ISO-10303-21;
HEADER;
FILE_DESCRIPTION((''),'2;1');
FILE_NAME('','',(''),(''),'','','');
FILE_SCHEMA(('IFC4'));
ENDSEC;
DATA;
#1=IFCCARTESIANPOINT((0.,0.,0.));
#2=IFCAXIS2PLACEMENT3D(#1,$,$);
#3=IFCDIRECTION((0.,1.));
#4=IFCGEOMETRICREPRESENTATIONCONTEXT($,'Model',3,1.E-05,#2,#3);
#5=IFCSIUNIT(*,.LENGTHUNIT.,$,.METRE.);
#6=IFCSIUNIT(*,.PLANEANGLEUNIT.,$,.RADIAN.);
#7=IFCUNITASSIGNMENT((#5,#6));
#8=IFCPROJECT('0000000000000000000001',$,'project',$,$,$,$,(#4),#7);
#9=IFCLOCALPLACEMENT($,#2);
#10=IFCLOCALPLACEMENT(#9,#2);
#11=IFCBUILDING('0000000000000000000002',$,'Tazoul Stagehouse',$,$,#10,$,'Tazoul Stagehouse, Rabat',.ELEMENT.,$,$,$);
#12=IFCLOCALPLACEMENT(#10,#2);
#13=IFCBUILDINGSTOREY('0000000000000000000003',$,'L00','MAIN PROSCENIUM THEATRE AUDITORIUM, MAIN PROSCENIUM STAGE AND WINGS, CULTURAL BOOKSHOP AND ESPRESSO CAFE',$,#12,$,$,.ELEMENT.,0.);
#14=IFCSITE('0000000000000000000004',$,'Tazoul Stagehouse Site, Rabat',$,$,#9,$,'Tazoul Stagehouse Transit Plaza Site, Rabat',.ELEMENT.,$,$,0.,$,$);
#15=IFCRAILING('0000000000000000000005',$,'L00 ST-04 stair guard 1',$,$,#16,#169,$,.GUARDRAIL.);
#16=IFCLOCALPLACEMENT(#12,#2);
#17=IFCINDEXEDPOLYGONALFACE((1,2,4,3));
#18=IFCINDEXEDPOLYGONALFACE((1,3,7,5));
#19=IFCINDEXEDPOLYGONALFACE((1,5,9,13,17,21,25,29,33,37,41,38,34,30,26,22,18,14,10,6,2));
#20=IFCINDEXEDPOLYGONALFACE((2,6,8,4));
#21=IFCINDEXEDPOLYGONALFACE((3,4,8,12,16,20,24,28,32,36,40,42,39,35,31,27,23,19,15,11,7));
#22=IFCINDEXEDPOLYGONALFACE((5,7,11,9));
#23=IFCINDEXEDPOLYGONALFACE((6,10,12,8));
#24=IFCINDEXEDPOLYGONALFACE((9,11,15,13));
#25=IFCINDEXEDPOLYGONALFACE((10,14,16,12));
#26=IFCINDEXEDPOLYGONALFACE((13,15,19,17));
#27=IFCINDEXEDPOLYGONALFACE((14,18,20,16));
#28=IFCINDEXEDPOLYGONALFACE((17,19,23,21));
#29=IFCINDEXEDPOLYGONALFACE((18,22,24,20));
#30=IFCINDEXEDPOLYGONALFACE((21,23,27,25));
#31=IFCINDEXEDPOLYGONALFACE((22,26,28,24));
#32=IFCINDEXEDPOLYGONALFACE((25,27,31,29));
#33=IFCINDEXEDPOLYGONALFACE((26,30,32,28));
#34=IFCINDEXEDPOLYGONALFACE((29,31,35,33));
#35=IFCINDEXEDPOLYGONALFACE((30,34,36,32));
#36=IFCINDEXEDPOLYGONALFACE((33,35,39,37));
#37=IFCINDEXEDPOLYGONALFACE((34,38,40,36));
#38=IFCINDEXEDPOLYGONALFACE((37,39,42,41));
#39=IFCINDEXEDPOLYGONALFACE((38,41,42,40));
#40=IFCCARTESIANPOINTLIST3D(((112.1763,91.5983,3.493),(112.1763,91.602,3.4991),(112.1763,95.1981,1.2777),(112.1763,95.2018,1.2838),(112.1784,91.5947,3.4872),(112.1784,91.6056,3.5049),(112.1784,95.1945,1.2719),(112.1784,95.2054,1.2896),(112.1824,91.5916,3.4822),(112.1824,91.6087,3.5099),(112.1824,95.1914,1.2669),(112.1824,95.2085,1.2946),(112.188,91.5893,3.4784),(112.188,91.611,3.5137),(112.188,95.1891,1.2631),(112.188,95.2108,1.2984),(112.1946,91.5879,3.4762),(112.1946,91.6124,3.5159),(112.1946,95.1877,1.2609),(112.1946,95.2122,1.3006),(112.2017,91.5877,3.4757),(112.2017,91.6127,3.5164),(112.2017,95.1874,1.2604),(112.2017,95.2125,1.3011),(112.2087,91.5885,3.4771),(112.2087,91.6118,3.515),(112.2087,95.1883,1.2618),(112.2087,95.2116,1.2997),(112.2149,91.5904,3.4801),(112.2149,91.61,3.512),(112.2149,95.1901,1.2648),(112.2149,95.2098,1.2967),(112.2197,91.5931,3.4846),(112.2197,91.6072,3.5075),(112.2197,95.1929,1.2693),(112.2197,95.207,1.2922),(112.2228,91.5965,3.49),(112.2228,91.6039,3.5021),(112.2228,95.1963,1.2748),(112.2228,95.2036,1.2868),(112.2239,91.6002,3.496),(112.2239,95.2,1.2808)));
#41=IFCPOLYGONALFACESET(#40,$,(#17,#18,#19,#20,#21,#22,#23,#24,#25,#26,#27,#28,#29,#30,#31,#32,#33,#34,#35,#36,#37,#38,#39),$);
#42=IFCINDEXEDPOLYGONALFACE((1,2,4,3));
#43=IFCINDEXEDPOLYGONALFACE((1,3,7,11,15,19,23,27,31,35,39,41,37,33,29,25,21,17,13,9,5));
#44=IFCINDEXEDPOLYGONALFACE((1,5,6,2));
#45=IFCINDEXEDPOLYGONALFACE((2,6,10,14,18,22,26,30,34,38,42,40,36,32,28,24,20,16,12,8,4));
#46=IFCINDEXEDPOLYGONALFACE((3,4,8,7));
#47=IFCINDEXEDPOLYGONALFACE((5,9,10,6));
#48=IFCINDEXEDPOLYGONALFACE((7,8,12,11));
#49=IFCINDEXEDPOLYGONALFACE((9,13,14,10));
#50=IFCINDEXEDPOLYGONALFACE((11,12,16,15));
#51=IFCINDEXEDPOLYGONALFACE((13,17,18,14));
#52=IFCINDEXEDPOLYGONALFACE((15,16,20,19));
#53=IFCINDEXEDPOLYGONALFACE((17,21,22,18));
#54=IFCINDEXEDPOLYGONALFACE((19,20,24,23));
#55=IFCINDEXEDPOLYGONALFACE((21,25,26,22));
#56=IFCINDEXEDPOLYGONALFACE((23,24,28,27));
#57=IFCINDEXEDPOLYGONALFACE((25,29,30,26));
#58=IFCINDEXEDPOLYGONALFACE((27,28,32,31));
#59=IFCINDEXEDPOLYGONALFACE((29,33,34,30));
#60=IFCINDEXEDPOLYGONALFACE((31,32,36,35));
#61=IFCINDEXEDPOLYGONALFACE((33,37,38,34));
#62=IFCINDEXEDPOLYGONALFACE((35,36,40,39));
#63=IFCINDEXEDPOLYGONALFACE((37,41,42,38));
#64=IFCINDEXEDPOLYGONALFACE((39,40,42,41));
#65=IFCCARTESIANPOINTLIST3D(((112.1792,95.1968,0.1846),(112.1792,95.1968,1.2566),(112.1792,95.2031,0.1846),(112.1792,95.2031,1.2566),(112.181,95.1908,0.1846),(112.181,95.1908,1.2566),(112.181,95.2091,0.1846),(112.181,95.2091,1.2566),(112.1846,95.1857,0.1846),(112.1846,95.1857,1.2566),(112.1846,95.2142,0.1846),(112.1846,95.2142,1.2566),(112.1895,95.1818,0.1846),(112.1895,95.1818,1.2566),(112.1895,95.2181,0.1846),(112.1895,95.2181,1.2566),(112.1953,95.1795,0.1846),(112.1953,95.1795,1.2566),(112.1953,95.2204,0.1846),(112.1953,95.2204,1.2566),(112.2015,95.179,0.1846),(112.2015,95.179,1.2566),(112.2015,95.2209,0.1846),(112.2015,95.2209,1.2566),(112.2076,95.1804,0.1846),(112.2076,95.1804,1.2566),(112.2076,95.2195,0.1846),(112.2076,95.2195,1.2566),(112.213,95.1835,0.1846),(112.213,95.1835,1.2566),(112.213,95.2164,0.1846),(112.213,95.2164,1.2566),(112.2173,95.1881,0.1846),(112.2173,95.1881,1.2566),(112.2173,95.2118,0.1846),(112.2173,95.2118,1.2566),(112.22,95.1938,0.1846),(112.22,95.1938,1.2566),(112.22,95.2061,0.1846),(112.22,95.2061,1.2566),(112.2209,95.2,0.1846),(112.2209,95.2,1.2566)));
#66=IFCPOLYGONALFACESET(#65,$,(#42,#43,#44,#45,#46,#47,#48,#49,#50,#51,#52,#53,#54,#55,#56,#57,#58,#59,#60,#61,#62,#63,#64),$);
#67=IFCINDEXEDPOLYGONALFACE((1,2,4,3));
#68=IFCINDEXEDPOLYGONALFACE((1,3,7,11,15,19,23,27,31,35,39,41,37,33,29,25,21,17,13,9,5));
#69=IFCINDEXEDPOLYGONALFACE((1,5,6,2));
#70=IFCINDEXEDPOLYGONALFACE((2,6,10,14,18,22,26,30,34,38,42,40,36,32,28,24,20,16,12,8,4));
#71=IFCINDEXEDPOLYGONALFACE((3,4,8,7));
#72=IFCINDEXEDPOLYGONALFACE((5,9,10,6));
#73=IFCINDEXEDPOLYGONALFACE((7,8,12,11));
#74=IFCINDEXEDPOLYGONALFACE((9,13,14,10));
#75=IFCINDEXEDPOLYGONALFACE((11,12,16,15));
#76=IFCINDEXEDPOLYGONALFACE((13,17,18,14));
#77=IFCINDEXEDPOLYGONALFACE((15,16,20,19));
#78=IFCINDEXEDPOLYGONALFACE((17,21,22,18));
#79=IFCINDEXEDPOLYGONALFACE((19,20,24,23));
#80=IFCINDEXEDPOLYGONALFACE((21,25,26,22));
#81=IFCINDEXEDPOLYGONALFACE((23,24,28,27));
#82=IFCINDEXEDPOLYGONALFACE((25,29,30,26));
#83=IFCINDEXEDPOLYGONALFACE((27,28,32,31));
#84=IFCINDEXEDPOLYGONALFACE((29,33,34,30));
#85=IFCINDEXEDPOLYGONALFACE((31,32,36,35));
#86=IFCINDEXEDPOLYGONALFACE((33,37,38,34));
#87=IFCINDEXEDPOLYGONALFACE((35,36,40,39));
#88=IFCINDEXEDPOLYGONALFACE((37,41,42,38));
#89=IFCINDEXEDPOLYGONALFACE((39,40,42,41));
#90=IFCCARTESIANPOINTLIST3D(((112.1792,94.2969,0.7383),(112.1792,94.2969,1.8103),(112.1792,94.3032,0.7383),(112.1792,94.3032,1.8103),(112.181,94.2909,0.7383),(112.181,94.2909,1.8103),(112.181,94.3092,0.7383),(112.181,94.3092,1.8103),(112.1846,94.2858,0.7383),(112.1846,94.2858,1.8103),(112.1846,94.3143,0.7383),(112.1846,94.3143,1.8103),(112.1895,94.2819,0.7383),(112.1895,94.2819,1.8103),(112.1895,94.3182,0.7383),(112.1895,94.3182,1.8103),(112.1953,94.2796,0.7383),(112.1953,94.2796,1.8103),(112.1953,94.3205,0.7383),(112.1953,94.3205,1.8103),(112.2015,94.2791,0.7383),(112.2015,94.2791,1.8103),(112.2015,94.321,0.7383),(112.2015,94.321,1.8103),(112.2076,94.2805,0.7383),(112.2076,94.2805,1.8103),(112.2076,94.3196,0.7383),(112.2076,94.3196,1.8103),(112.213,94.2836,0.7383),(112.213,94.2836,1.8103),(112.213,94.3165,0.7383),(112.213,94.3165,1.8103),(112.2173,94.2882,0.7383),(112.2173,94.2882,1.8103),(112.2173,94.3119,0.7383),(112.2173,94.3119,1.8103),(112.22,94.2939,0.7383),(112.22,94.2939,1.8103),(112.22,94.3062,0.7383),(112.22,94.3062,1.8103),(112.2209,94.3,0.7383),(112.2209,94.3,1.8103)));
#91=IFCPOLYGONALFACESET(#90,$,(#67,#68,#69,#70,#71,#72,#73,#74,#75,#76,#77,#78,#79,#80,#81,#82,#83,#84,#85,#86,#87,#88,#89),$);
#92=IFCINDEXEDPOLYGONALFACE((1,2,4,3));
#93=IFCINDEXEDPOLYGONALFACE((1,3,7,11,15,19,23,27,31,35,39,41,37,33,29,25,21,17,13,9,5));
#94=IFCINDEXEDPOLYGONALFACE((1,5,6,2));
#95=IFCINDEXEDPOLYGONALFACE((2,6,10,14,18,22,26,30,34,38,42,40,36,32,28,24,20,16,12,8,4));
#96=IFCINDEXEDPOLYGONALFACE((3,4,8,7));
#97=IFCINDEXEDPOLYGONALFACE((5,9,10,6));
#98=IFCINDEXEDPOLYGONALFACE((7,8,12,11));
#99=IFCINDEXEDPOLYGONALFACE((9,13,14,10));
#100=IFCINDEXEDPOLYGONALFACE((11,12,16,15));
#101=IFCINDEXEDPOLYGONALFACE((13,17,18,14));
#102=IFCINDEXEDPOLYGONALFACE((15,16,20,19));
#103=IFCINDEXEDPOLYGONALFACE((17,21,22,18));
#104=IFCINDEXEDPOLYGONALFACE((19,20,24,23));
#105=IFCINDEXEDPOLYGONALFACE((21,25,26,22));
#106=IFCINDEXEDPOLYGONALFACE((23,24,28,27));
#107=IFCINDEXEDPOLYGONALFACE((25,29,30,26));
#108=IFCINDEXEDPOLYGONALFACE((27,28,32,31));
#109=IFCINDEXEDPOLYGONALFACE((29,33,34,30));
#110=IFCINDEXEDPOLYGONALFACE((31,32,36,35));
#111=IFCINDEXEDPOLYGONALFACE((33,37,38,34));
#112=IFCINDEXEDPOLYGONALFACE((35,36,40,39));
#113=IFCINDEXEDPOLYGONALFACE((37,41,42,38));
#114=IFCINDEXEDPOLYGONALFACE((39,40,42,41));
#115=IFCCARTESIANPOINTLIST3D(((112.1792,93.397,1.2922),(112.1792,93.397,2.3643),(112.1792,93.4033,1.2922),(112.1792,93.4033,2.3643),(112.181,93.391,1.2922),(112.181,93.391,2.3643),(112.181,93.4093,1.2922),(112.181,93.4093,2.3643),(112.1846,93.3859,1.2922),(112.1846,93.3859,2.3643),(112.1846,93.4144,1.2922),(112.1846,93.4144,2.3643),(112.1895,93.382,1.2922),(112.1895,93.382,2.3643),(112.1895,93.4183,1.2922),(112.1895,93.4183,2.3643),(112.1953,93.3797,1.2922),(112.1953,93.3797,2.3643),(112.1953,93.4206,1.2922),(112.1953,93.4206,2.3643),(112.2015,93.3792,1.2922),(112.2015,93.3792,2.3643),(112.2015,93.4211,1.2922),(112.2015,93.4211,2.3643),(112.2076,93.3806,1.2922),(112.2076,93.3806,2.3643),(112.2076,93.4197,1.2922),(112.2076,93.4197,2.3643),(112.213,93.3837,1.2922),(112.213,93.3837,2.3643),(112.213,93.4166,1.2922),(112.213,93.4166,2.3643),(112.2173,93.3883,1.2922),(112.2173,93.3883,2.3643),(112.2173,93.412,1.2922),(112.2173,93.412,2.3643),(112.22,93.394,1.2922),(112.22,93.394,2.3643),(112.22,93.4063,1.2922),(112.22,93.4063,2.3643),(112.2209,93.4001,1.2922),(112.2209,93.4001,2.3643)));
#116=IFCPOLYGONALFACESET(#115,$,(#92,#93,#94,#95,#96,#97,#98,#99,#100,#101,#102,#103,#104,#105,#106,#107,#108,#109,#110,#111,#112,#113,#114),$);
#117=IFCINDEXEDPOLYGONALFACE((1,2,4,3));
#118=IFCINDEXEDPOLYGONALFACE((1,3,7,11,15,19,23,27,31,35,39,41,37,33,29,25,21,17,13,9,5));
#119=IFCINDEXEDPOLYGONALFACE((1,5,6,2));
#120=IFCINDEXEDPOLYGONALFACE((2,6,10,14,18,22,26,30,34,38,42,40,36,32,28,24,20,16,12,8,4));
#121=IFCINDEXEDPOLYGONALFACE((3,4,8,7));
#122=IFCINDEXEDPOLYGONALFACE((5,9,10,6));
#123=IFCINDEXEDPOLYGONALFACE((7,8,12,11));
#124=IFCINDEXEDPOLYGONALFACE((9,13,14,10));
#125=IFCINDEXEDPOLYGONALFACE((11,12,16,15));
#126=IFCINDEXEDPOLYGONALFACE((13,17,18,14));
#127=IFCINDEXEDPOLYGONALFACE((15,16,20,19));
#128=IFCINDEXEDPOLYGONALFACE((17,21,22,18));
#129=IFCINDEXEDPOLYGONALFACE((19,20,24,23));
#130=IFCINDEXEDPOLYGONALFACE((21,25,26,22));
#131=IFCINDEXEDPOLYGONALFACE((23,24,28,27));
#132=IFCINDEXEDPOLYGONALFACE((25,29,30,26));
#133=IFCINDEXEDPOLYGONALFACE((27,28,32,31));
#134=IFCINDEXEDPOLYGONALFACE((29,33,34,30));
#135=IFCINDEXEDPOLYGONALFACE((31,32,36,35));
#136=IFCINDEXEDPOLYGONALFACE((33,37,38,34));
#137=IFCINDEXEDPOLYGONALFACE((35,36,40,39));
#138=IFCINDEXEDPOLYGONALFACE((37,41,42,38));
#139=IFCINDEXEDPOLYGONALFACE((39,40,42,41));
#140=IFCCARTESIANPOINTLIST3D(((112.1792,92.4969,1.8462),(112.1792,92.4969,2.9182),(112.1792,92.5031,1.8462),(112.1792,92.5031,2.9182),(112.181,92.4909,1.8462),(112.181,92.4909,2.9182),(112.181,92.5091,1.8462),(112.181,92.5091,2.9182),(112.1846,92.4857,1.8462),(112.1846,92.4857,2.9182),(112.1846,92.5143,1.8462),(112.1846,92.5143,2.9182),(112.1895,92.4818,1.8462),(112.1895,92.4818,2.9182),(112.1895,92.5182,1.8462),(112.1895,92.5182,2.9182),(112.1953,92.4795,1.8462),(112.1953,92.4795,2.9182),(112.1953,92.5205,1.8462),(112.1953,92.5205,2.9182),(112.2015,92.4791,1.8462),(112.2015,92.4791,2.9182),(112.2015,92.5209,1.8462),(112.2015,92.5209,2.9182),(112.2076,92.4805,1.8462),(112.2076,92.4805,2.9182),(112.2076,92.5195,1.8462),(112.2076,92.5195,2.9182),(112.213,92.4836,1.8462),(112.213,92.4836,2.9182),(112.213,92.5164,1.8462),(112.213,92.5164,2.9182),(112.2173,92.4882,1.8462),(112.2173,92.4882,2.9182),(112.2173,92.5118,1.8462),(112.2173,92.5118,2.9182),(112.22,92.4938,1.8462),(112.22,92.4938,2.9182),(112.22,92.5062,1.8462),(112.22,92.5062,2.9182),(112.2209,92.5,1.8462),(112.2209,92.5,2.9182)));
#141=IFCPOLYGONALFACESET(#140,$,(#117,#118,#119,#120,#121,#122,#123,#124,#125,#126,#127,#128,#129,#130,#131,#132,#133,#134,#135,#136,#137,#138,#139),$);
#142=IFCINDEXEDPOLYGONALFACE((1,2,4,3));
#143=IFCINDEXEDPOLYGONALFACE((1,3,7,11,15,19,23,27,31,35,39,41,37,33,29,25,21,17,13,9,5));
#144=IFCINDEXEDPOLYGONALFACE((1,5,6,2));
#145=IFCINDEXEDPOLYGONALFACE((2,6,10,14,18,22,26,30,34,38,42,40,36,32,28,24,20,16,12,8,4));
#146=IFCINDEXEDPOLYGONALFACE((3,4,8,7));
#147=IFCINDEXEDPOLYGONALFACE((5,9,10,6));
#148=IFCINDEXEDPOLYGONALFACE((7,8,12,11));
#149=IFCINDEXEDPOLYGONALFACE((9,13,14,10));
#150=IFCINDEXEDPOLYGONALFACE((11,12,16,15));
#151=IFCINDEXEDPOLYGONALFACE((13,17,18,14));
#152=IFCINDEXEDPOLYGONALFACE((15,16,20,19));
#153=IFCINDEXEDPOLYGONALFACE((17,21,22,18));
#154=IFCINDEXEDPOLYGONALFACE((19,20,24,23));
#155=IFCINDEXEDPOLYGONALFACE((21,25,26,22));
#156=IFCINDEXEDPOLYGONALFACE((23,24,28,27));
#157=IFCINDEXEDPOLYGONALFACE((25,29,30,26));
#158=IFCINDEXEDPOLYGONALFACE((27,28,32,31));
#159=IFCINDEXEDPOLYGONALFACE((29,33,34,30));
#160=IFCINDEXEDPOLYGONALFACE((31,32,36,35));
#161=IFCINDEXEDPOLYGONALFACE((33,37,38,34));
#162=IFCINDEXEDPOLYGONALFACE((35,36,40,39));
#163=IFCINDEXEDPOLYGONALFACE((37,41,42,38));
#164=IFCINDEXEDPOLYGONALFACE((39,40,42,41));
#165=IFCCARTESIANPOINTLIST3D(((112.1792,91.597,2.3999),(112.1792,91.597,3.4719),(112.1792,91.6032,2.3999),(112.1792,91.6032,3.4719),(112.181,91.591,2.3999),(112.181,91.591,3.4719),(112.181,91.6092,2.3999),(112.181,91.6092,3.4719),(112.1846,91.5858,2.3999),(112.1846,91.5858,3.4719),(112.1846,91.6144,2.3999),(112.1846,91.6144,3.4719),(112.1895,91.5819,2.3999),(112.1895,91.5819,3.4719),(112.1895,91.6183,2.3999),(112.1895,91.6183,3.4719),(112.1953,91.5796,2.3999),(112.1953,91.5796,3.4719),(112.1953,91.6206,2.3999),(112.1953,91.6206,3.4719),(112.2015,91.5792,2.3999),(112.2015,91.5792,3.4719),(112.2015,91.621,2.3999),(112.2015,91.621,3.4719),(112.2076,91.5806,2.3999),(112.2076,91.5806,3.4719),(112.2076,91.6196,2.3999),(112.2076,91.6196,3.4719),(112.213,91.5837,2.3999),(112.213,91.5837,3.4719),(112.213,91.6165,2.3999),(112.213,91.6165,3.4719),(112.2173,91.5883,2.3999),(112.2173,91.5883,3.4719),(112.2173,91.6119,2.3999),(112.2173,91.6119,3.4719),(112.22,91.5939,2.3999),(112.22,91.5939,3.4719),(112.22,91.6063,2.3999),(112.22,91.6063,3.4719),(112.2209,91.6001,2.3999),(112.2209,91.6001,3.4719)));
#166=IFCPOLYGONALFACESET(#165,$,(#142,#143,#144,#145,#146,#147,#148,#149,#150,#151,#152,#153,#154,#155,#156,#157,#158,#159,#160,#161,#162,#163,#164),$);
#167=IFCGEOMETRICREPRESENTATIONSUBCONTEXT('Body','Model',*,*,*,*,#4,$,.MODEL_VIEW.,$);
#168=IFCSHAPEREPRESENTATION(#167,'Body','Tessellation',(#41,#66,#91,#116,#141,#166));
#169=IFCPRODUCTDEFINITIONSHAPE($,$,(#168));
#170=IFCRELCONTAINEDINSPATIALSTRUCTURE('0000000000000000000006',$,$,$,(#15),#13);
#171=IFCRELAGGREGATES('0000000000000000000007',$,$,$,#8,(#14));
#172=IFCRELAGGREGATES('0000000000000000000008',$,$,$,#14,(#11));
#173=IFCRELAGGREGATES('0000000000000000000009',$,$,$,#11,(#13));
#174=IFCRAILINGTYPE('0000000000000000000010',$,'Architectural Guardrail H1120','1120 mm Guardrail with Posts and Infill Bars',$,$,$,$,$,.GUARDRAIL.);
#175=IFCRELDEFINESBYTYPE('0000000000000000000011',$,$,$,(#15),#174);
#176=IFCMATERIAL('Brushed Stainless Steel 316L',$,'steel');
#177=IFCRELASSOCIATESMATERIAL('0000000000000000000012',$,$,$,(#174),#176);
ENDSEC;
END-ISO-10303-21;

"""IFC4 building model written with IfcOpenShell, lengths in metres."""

from ifc_helpers import new_model, si_unit, direction, frame, origin, origin_2d, place, context, subcontext, project, spatial, circle, extrude, material, material_profile, profile_set, type_object, element, save


model = new_model("IFC4")

# Units and contexts
model_context = context("Model", 3, precision=1e-05, world=origin(), true_north=direction((0.0, 1.0)))
body_context = subcontext(model_context, "Body", "Model", "MODEL_VIEW")
ifc_project = project(units=[si_unit("LENGTHUNIT", "METRE"), si_unit("PLANEANGLEUNIT", "RADIAN")], contexts=[model_context])

# Site, building, storey
site_placement = place(None, origin())
site = spatial("IfcSite", under=ifc_project, at=site_placement, Name="Tazoul Stagehouse Site, Rabat", LongName="Tazoul Stagehouse Transit Plaza Site, Rabat", CompositionType="ELEMENT", RefElevation=0.0)
building_placement = place(site_placement, origin())
building = spatial("IfcBuilding", under=site, at=building_placement, Name="Tazoul Stagehouse", LongName="Tazoul Stagehouse, Rabat", CompositionType="ELEMENT")
storey_placement = place(building_placement, origin())
storey = spatial("IfcBuildingStorey", under=building, at=storey_placement, Name="L00", Description="MAIN PROSCENIUM THEATRE AUDITORIUM, MAIN PROSCENIUM STAGE AND WINGS, CULTURAL BOOKSHOP AND ESPRESSO CAFE", CompositionType="ELEMENT", Elevation=0.0)

# Railing
ifc_material_1 = material(Name="Brushed Stainless Steel 316L", Category="steel")
ifc_material_profile_1 = material_profile(ifc_material_1, circle(Radius=0.0239, at=origin_2d()), Name="SS RAIL D48")
ifc_profile_set_1 = profile_set([ifc_material_profile_1], Name="Brushed Stainless Steel 316L")
railing_type_1 = type_object("IfcRailingType", Name="Architectural Guardrail H1120", Description="1120 mm Guardrail with Posts and Infill Bars", PredefinedType="GUARDRAIL", material=ifc_profile_set_1)
railing_1_placement = place(storey_placement, frame((112.2, 95.2, 0.1846)))
element("IfcRailing", 1, at=railing_1_placement, inside=storey, type_object=railing_type_1, Name="L00 ST-04 stair guard 1", PredefinedType="GUARDRAIL", context=body_context, shape_type="SweptSolid", body=[
    extrude(circle(Radius=0.0239, at=origin_2d()), frame((0.0, 0.0, 1.0962), z_axis=(0.0, -0.851654, 0.524104), x_axis=(1.0, 0.0, 0.0)), (0.0, 0.0, 1.0), 4.2268),
    extrude(circle(Radius=0.021, at=origin_2d()), origin(), (0.0, 0.0, 1.0), 1.072),
    extrude(circle(Radius=0.021, at=origin_2d()), frame((0.0, -0.8999, 0.5537)), (0.0, 0.0, 1.0), 1.072),
    extrude(circle(Radius=0.021, at=origin_2d()), frame((0.0, -1.7998, 1.1077)), (0.0, 0.0, 1.0), 1.072),
    extrude(circle(Radius=0.021, at=origin_2d()), frame((0.0, -2.7, 1.6616)), (0.0, 0.0, 1.0), 1.072),
    extrude(circle(Radius=0.021, at=origin_2d()), frame((0.0, -3.5999, 2.2153)), (0.0, 0.0, 1.0), 1.072),
])

save(model, "model.ifc")
